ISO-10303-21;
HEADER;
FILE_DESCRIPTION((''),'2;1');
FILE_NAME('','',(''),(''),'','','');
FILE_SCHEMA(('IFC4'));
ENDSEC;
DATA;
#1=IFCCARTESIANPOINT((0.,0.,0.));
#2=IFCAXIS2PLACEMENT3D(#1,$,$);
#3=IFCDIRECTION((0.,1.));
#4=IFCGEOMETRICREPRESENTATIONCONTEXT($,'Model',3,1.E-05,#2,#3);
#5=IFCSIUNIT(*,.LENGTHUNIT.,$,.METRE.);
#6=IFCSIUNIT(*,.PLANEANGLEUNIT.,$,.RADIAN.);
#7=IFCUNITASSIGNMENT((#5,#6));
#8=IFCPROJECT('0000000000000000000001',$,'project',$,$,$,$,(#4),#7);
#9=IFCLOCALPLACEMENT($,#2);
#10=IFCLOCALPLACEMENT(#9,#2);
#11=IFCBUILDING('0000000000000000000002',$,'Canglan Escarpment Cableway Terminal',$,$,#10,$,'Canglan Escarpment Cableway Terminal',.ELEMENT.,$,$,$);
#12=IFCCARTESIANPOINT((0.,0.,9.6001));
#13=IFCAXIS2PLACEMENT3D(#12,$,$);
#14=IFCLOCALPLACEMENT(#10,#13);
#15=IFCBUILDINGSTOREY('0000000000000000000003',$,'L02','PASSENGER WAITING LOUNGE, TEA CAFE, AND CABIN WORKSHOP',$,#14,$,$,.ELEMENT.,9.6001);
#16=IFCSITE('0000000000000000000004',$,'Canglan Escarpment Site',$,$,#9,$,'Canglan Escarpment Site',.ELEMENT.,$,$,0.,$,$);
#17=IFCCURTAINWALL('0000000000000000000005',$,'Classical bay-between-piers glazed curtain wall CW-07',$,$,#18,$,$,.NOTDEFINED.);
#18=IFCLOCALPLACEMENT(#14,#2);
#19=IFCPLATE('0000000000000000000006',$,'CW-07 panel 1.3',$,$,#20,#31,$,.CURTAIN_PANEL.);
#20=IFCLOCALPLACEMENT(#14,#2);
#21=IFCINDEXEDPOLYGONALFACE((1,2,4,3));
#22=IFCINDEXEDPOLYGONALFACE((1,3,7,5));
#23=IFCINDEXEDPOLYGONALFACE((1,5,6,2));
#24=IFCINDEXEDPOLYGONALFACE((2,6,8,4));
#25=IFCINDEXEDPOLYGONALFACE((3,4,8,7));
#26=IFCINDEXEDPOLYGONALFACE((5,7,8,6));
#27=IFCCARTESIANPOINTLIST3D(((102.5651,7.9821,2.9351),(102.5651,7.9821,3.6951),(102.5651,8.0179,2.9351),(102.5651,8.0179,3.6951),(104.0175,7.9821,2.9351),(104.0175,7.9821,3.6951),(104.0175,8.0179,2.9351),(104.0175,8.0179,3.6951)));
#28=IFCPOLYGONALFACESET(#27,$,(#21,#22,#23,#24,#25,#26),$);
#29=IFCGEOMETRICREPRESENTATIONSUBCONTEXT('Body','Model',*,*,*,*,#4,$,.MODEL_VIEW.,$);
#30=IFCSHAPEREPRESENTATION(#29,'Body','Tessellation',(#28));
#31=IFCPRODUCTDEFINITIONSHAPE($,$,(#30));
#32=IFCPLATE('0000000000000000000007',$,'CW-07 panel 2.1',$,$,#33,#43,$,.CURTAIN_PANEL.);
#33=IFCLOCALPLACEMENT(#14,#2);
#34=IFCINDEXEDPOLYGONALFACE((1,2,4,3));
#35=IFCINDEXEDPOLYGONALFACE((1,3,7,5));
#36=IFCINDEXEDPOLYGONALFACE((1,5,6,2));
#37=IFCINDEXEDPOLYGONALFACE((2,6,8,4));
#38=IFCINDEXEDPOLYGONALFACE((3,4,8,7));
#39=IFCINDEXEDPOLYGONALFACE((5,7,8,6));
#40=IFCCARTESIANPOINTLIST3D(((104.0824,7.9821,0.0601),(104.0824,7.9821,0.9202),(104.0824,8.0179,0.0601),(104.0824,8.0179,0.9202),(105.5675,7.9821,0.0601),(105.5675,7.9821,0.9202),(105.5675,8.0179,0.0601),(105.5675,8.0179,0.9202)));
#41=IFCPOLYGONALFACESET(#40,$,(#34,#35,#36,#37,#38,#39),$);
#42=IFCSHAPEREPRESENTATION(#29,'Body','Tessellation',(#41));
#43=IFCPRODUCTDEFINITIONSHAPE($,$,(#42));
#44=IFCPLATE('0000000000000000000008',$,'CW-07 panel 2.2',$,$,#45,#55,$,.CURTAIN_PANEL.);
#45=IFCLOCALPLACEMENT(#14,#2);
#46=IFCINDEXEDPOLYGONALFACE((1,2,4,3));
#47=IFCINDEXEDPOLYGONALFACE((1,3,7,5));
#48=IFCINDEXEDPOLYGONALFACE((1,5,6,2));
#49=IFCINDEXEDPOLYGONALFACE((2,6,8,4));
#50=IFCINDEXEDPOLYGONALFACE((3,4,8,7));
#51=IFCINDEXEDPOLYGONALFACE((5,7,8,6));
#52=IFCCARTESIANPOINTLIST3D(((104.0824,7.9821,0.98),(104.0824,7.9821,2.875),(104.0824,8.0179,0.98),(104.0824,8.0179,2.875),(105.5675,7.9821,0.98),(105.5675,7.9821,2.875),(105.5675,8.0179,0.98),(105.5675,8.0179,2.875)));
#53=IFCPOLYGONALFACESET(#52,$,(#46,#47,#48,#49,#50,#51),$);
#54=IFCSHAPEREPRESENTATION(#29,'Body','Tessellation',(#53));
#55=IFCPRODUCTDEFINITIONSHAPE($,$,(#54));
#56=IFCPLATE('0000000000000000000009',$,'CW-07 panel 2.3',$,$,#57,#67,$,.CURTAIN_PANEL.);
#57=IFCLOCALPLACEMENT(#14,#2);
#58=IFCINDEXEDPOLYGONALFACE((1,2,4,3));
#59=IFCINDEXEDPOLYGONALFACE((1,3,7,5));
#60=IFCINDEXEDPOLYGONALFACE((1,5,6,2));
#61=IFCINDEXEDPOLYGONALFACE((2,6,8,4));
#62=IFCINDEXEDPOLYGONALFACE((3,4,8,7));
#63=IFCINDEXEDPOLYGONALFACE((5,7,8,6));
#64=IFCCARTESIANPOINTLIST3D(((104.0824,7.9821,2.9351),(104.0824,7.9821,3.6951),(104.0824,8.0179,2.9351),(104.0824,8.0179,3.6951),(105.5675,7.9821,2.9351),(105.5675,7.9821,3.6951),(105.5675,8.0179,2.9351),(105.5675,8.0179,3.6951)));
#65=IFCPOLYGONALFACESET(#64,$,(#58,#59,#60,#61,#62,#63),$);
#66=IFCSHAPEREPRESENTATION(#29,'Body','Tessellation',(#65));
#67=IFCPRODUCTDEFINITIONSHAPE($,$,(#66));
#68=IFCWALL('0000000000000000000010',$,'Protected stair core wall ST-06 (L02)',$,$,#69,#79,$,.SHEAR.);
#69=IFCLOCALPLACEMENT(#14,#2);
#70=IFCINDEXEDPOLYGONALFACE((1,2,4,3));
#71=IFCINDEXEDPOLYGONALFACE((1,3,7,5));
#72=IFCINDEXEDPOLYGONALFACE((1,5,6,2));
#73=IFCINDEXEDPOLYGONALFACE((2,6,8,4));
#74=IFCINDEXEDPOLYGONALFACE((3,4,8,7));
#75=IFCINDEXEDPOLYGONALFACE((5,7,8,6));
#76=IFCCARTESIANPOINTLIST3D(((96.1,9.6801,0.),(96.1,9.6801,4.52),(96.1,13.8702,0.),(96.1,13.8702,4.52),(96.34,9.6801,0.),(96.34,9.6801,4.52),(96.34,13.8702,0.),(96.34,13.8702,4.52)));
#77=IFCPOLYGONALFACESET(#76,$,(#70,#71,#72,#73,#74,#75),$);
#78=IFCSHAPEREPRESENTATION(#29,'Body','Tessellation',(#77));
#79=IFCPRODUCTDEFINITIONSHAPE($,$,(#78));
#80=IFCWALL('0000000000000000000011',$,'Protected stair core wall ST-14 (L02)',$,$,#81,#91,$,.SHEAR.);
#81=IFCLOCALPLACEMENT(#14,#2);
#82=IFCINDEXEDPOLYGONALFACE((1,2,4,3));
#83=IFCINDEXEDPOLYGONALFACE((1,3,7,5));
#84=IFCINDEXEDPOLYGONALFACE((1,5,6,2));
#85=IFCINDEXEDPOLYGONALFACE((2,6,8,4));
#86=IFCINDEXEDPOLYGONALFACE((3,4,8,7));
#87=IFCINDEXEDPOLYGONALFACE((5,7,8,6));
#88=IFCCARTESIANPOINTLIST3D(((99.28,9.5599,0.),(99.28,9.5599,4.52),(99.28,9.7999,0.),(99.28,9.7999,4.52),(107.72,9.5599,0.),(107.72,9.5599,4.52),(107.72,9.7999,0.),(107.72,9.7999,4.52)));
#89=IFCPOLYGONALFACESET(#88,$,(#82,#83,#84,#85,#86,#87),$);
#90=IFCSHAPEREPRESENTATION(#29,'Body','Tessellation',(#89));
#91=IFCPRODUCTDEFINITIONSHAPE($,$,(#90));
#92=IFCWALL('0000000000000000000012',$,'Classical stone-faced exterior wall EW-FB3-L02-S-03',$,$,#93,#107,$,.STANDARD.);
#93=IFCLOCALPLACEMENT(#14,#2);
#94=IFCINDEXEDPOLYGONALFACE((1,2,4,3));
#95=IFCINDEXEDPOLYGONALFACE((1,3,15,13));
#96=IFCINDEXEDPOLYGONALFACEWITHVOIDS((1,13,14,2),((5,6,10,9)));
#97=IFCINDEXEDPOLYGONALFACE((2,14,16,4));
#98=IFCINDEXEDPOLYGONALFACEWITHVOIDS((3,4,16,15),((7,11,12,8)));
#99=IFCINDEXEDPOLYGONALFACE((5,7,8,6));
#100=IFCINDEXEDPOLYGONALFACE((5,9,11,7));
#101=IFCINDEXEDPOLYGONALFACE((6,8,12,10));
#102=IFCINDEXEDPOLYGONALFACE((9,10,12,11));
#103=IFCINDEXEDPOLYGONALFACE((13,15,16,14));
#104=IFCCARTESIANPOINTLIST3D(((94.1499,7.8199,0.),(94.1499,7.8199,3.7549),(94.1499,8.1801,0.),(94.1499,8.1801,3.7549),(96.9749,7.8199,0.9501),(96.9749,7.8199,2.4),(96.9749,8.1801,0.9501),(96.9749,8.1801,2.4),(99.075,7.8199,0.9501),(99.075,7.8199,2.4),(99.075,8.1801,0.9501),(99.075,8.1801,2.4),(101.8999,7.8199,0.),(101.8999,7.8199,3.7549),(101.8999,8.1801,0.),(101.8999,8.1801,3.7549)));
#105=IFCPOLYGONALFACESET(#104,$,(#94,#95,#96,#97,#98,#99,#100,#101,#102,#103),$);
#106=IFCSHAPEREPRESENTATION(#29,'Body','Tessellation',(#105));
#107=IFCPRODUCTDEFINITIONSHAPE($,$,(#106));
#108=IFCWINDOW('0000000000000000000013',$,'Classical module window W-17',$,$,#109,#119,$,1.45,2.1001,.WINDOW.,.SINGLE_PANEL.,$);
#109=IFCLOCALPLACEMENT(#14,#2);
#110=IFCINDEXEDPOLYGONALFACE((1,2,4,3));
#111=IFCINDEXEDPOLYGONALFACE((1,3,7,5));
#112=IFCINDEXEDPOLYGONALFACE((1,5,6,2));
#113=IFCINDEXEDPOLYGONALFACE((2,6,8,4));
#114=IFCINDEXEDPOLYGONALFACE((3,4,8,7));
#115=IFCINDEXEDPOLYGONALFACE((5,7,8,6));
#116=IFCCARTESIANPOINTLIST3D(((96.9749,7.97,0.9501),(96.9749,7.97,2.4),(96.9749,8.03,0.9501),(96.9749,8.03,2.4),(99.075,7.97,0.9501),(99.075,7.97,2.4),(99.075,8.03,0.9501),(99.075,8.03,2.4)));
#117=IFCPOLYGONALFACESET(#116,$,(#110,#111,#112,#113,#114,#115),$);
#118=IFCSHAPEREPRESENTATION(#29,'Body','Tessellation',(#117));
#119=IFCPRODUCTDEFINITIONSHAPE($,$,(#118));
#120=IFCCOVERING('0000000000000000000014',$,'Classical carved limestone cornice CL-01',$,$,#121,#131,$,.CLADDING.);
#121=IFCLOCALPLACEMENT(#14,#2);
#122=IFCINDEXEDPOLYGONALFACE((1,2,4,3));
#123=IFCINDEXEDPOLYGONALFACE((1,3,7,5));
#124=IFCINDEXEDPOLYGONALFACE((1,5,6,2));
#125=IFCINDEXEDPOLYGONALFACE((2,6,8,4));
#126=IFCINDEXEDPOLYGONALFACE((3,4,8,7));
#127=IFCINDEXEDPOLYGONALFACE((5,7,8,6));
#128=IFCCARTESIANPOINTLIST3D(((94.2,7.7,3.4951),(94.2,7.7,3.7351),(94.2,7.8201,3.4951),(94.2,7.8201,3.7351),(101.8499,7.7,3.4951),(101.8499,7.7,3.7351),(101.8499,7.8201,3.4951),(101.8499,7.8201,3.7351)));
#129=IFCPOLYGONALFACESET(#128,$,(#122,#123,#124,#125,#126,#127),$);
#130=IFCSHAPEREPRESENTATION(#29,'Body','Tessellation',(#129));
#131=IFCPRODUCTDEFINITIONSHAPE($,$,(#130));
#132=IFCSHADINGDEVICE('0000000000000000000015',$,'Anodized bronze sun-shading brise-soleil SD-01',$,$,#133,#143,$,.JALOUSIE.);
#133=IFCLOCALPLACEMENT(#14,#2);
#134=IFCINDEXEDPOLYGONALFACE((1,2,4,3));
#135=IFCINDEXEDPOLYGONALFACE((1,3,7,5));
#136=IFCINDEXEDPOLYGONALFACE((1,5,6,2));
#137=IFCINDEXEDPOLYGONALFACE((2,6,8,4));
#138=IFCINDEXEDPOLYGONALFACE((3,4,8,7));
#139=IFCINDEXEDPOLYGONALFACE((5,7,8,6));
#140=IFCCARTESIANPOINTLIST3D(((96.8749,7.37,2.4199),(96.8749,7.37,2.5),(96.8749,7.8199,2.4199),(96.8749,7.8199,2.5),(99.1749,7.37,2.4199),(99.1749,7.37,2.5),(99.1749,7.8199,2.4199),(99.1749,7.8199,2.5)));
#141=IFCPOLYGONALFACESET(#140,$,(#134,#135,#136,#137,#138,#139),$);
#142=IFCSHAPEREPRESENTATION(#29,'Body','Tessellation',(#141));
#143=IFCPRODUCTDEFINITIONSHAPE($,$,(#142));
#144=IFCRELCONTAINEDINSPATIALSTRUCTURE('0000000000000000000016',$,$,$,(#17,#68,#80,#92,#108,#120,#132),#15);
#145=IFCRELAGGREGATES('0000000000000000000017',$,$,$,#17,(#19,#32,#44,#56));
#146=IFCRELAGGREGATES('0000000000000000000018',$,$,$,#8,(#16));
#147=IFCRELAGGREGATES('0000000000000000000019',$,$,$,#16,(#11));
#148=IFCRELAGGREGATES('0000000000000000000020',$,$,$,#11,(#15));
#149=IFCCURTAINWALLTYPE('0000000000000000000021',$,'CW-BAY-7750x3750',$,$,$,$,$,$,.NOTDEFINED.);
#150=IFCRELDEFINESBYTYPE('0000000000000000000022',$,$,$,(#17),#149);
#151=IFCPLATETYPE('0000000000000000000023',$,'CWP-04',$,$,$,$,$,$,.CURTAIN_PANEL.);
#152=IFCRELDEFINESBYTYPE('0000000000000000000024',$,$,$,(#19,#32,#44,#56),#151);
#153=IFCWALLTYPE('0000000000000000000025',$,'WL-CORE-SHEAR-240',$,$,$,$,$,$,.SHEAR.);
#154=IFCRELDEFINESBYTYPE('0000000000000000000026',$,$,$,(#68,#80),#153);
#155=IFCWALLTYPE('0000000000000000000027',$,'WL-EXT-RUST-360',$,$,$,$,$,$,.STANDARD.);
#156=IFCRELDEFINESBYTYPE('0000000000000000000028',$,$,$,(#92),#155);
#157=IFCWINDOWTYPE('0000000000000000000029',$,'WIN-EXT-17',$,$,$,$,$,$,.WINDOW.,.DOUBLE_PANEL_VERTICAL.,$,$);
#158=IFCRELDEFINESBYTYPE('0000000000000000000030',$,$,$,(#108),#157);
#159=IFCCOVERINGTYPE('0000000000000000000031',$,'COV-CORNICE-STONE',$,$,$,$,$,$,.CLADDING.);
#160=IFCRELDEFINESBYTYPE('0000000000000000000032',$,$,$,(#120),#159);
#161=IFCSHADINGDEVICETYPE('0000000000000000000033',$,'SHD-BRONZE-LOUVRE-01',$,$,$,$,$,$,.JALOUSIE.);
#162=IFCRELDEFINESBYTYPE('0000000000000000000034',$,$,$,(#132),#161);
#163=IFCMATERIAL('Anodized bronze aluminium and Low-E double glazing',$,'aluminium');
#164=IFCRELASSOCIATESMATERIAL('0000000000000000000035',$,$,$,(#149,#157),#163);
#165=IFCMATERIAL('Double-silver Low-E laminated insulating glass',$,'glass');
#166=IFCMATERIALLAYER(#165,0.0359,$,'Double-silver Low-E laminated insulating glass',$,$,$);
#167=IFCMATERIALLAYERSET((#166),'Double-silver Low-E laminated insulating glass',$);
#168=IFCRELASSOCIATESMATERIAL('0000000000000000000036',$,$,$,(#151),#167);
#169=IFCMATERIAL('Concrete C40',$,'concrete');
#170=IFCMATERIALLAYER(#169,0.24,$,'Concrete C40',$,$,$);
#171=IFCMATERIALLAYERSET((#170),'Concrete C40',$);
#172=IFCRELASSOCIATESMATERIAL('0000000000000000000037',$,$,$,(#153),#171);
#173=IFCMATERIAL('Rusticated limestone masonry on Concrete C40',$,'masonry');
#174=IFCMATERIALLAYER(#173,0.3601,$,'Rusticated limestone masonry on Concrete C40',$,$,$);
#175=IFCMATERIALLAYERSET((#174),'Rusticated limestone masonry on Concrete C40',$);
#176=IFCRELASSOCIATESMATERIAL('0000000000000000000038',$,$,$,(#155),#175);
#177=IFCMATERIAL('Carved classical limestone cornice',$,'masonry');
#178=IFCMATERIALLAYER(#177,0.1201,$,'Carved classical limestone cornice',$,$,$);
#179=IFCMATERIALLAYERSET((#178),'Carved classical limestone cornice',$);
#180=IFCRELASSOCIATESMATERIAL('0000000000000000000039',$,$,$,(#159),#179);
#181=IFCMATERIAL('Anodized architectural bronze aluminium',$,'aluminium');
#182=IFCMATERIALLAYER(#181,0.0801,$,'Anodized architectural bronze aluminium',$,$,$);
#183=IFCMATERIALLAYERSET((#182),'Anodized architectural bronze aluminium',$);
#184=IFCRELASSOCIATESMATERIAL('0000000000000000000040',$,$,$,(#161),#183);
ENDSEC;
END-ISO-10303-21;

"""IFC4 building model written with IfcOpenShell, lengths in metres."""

from ifc_helpers import new_model, si_unit, direction, frame, frame_2d, origin, origin_2d, place, context, subcontext, project, spatial, rectangle, extrude, material, layer, layer_set, type_object, element, fill, aggregate, save


model = new_model("IFC4")

# Units and contexts
model_context = context("Model", 3, precision=1e-05, world=origin(), true_north=direction((0.0, 1.0)))
body_context = subcontext(model_context, "Body", "Model", "MODEL_VIEW")
ifc_project = project(units=[si_unit("LENGTHUNIT", "METRE"), si_unit("PLANEANGLEUNIT", "RADIAN")], contexts=[model_context])

# Site, building, storey
site_placement = place(None, origin())
site = spatial("IfcSite", under=ifc_project, at=site_placement, Name="Canglan Escarpment Site", LongName="Canglan Escarpment Site", CompositionType="ELEMENT", RefElevation=0.0)
building_placement = place(site_placement, origin())
building = spatial("IfcBuilding", under=site, at=building_placement, Name="Canglan Escarpment Cableway Terminal", LongName="Canglan Escarpment Cableway Terminal", CompositionType="ELEMENT")
storey_placement = place(building_placement, frame((0.0, 0.0, 9.6001)))
storey = spatial("IfcBuildingStorey", under=building, at=storey_placement, Name="L02", Description="PASSENGER WAITING LOUNGE, TEA CAFE, AND CABIN WORKSHOP", CompositionType="ELEMENT", Elevation=9.6001)

# Shared definitions
ifc_material_1 = material(Name="Concrete C40", Category="concrete")

# Curtain wall
ifc_material_2 = material(Name="Anodized bronze aluminium and Low-E double glazing", Category="aluminium")
curtain_wall_type = type_object("IfcCurtainWallType", Name="CW-BAY-7750x3750", PredefinedType="NOTDEFINED", material=ifc_material_2)
curtain_wall_placement = place(storey_placement, origin())
curtain_wall = element("IfcCurtainWall", 1, at=curtain_wall_placement, inside=storey, type_object=curtain_wall_type, Name="Classical bay-between-piers glazed curtain wall CW-07", PredefinedType="NOTDEFINED")

# Plates
ifc_material_3 = material(Name="Double-silver Low-E laminated insulating glass", Category="glass")
ifc_layer_1 = layer(ifc_material_3, 0.0359, Name="Double-silver Low-E laminated insulating glass")
ifc_layer_set_1 = layer_set([ifc_layer_1], Name="Double-silver Low-E laminated insulating glass")
plate_type = type_object("IfcPlateType", Name="CWP-04", PredefinedType="CURTAIN_PANEL", material=ifc_layer_set_1)
plate_1_placement = place(storey_placement, frame((103.2913, 8.0, 2.9351), z_axis=(0.0, 0.0, 1.0), x_axis=(1.0, 0.0, 0.0)))
plate_1 = element("IfcPlate", 2, at=plate_1_placement, type_object=plate_type, Name="CW-07 panel 1.3", PredefinedType="CURTAIN_PANEL", context=body_context, shape_type="SweptSolid", body=[
    extrude(rectangle(XDim=1.4524, YDim=0.0359, at=origin_2d()), origin(), (0.0, 0.0, 1.0), 0.76),
])
plate_2_placement = place(storey_placement, frame((104.825, 8.0, 0.0601), z_axis=(0.0, 0.0, 1.0), x_axis=(1.0, 0.0, 0.0)))
plate_2 = element("IfcPlate", 3, at=plate_2_placement, type_object=plate_type, Name="CW-07 panel 2.1", PredefinedType="CURTAIN_PANEL", context=body_context, shape_type="SweptSolid", body=[
    extrude(rectangle(XDim=1.4851, YDim=0.0359, at=origin_2d()), origin(), (0.0, 0.0, 1.0), 0.8601),
])
plate_3_placement = place(storey_placement, frame((104.825, 8.0, 0.98), z_axis=(0.0, 0.0, 1.0), x_axis=(1.0, 0.0, 0.0)))
plate_3 = element("IfcPlate", 4, at=plate_3_placement, type_object=plate_type, Name="CW-07 panel 2.2", PredefinedType="CURTAIN_PANEL", context=body_context, shape_type="SweptSolid", body=[
    extrude(rectangle(XDim=1.4851, YDim=0.0359, at=origin_2d()), origin(), (0.0, 0.0, 1.0), 1.895),
])
plate_4_placement = place(storey_placement, frame((104.825, 8.0, 2.9351), z_axis=(0.0, 0.0, 1.0), x_axis=(1.0, 0.0, 0.0)))
plate_4 = element("IfcPlate", 5, at=plate_4_placement, type_object=plate_type, Name="CW-07 panel 2.3", PredefinedType="CURTAIN_PANEL", context=body_context, shape_type="SweptSolid", body=[
    extrude(rectangle(XDim=1.4851, YDim=0.0359, at=origin_2d()), origin(), (0.0, 0.0, 1.0), 0.76),
])
aggregate(curtain_wall, [plate_1, plate_2, plate_3, plate_4])

# Walls
ifc_layer_2 = layer(ifc_material_1, 0.24, Name="Concrete C40")
ifc_layer_set_2 = layer_set([ifc_layer_2], Name="Concrete C40")
wall_type_1 = type_object("IfcWallType", Name="WL-CORE-SHEAR-240", PredefinedType="SHEAR", material=ifc_layer_set_2)
wall_1_placement = place(storey_placement, frame((96.22, 9.6799, 0.0), z_axis=(0.0, 0.0, 1.0), x_axis=(0.0, 1.0, 0.0)))
element("IfcWall", 6, at=wall_1_placement, inside=storey, type_object=wall_type_1, Name="Protected stair core wall ST-06 (L02)", PredefinedType="SHEAR", context=body_context, shape_type="SweptSolid", body=[
    extrude(rectangle(XDim=4.1902, YDim=0.24, at=frame_2d((2.0952, 0.0))), origin(), (0.0, 0.0, 1.0), 4.52),
])
wall_2_placement = place(storey_placement, frame((99.28, 9.6799, 0.0), z_axis=(0.0, 0.0, 1.0), x_axis=(1.0, 0.0, 0.0)))
element("IfcWall", 7, at=wall_2_placement, inside=storey, type_object=wall_type_1, Name="Protected stair core wall ST-14 (L02)", PredefinedType="SHEAR", context=body_context, shape_type="SweptSolid", body=[
    extrude(rectangle(XDim=8.4399, YDim=0.24, at=frame_2d((4.22, 0.0))), origin(), (0.0, 0.0, 1.0), 4.52),
])

# Wall, opening, window
ifc_material_4 = material(Name="Rusticated limestone masonry on Concrete C40", Category="masonry")
ifc_layer_3 = layer(ifc_material_4, 0.3601, Name="Rusticated limestone masonry on Concrete C40")
ifc_layer_set_3 = layer_set([ifc_layer_3], Name="Rusticated limestone masonry on Concrete C40")
wall_type_2 = type_object("IfcWallType", Name="WL-EXT-RUST-360", PredefinedType="STANDARD", material=ifc_layer_set_3)
wall_3_placement = place(storey_placement, frame((94.1499, 8.0, 0.0), z_axis=(0.0, 0.0, 1.0), x_axis=(1.0, 0.0, 0.0)))
wall_3 = element("IfcWall", 8, at=wall_3_placement, inside=storey, type_object=wall_type_2, Name="Classical stone-faced exterior wall EW-FB3-L02-S-03", PredefinedType="STANDARD", context=body_context, shape_type="SweptSolid", body=[
    extrude(rectangle(XDim=7.75, YDim=0.3601, at=frame_2d((3.875, 0.0))), origin(), (0.0, 0.0, 1.0), 3.7549),
])
opening_placement = place(wall_3_placement, frame((2.825, 0.0, 0.95)))
opening = element("IfcOpeningElement", 9, at=opening_placement, cuts=wall_3, PredefinedType="OPENING", context=body_context, shape_type="SweptSolid", body=[
    extrude(rectangle(XDim=2.1001, YDim=1.45, at=frame_2d((1.05, 0.7251))), frame((0.0, 0.1899, 0.0), z_axis=(0.0, -1.0, 0.0), x_axis=(1.0, 0.0, 0.0)), (0.0, 0.0, 1.0), 0.3801),
])
window_type = type_object("IfcWindowType", Name="WIN-EXT-17", PartitioningType="DOUBLE_PANEL_VERTICAL", PredefinedType="WINDOW", material=ifc_material_2)
window_placement = place(opening_placement, origin())
window = element("IfcWindow", 10, at=window_placement, inside=storey, type_object=window_type, Name="Classical module window W-17", OverallHeight=1.45, OverallWidth=2.1001, PartitioningType="SINGLE_PANEL", PredefinedType="WINDOW", context=body_context, shape_type="SweptSolid", body=[
    extrude(rectangle(XDim=2.1001, YDim=1.45, at=frame_2d((1.05, 0.7251))), frame((0.0, 0.03, 0.0), z_axis=(0.0, -1.0, 0.0), x_axis=(1.0, 0.0, 0.0)), (0.0, 0.0, 1.0), 0.0601),
])
fill(opening, window)

# Covering
ifc_material_5 = material(Name="Carved classical limestone cornice", Category="masonry")
ifc_layer_4 = layer(ifc_material_5, 0.1201, Name="Carved classical limestone cornice")
ifc_layer_set_4 = layer_set([ifc_layer_4], Name="Carved classical limestone cornice")
covering_type = type_object("IfcCoveringType", Name="COV-CORNICE-STONE", PredefinedType="CLADDING", material=ifc_layer_set_4)
covering_placement = place(storey_placement, frame((98.0249, 7.76, 3.4951), z_axis=(0.0, 0.0, 1.0), x_axis=(1.0, 0.0, 0.0)))
element("IfcCovering", 11, at=covering_placement, inside=storey, type_object=covering_type, Name="Classical carved limestone cornice CL-01", PredefinedType="CLADDING", context=body_context, shape_type="SweptSolid", body=[
    extrude(rectangle(XDim=7.6499, YDim=0.1201, at=origin_2d()), origin(), (0.0, 0.0, 1.0), 0.24),
])

# Shading device
ifc_material_6 = material(Name="Anodized architectural bronze aluminium", Category="aluminium")
ifc_layer_5 = layer(ifc_material_6, 0.0801, Name="Anodized architectural bronze aluminium")
ifc_layer_set_5 = layer_set([ifc_layer_5], Name="Anodized architectural bronze aluminium")
shading_device_type = type_object("IfcShadingDeviceType", Name="SHD-BRONZE-LOUVRE-01", PredefinedType="JALOUSIE", material=ifc_layer_set_5)
shading_device_placement = place(storey_placement, frame((98.0249, 7.595, 2.4199), z_axis=(0.0, 0.0, 1.0), x_axis=(1.0, 0.0, 0.0)))
element("IfcShadingDevice", 12, at=shading_device_placement, inside=storey, type_object=shading_device_type, Name="Anodized bronze sun-shading brise-soleil SD-01", PredefinedType="JALOUSIE", context=body_context, shape_type="SweptSolid", body=[
    extrude(rectangle(XDim=2.3, YDim=0.45, at=origin_2d()), origin(), (0.0, 0.0, 1.0), 0.0801),
])

save(model, "model.ifc")
